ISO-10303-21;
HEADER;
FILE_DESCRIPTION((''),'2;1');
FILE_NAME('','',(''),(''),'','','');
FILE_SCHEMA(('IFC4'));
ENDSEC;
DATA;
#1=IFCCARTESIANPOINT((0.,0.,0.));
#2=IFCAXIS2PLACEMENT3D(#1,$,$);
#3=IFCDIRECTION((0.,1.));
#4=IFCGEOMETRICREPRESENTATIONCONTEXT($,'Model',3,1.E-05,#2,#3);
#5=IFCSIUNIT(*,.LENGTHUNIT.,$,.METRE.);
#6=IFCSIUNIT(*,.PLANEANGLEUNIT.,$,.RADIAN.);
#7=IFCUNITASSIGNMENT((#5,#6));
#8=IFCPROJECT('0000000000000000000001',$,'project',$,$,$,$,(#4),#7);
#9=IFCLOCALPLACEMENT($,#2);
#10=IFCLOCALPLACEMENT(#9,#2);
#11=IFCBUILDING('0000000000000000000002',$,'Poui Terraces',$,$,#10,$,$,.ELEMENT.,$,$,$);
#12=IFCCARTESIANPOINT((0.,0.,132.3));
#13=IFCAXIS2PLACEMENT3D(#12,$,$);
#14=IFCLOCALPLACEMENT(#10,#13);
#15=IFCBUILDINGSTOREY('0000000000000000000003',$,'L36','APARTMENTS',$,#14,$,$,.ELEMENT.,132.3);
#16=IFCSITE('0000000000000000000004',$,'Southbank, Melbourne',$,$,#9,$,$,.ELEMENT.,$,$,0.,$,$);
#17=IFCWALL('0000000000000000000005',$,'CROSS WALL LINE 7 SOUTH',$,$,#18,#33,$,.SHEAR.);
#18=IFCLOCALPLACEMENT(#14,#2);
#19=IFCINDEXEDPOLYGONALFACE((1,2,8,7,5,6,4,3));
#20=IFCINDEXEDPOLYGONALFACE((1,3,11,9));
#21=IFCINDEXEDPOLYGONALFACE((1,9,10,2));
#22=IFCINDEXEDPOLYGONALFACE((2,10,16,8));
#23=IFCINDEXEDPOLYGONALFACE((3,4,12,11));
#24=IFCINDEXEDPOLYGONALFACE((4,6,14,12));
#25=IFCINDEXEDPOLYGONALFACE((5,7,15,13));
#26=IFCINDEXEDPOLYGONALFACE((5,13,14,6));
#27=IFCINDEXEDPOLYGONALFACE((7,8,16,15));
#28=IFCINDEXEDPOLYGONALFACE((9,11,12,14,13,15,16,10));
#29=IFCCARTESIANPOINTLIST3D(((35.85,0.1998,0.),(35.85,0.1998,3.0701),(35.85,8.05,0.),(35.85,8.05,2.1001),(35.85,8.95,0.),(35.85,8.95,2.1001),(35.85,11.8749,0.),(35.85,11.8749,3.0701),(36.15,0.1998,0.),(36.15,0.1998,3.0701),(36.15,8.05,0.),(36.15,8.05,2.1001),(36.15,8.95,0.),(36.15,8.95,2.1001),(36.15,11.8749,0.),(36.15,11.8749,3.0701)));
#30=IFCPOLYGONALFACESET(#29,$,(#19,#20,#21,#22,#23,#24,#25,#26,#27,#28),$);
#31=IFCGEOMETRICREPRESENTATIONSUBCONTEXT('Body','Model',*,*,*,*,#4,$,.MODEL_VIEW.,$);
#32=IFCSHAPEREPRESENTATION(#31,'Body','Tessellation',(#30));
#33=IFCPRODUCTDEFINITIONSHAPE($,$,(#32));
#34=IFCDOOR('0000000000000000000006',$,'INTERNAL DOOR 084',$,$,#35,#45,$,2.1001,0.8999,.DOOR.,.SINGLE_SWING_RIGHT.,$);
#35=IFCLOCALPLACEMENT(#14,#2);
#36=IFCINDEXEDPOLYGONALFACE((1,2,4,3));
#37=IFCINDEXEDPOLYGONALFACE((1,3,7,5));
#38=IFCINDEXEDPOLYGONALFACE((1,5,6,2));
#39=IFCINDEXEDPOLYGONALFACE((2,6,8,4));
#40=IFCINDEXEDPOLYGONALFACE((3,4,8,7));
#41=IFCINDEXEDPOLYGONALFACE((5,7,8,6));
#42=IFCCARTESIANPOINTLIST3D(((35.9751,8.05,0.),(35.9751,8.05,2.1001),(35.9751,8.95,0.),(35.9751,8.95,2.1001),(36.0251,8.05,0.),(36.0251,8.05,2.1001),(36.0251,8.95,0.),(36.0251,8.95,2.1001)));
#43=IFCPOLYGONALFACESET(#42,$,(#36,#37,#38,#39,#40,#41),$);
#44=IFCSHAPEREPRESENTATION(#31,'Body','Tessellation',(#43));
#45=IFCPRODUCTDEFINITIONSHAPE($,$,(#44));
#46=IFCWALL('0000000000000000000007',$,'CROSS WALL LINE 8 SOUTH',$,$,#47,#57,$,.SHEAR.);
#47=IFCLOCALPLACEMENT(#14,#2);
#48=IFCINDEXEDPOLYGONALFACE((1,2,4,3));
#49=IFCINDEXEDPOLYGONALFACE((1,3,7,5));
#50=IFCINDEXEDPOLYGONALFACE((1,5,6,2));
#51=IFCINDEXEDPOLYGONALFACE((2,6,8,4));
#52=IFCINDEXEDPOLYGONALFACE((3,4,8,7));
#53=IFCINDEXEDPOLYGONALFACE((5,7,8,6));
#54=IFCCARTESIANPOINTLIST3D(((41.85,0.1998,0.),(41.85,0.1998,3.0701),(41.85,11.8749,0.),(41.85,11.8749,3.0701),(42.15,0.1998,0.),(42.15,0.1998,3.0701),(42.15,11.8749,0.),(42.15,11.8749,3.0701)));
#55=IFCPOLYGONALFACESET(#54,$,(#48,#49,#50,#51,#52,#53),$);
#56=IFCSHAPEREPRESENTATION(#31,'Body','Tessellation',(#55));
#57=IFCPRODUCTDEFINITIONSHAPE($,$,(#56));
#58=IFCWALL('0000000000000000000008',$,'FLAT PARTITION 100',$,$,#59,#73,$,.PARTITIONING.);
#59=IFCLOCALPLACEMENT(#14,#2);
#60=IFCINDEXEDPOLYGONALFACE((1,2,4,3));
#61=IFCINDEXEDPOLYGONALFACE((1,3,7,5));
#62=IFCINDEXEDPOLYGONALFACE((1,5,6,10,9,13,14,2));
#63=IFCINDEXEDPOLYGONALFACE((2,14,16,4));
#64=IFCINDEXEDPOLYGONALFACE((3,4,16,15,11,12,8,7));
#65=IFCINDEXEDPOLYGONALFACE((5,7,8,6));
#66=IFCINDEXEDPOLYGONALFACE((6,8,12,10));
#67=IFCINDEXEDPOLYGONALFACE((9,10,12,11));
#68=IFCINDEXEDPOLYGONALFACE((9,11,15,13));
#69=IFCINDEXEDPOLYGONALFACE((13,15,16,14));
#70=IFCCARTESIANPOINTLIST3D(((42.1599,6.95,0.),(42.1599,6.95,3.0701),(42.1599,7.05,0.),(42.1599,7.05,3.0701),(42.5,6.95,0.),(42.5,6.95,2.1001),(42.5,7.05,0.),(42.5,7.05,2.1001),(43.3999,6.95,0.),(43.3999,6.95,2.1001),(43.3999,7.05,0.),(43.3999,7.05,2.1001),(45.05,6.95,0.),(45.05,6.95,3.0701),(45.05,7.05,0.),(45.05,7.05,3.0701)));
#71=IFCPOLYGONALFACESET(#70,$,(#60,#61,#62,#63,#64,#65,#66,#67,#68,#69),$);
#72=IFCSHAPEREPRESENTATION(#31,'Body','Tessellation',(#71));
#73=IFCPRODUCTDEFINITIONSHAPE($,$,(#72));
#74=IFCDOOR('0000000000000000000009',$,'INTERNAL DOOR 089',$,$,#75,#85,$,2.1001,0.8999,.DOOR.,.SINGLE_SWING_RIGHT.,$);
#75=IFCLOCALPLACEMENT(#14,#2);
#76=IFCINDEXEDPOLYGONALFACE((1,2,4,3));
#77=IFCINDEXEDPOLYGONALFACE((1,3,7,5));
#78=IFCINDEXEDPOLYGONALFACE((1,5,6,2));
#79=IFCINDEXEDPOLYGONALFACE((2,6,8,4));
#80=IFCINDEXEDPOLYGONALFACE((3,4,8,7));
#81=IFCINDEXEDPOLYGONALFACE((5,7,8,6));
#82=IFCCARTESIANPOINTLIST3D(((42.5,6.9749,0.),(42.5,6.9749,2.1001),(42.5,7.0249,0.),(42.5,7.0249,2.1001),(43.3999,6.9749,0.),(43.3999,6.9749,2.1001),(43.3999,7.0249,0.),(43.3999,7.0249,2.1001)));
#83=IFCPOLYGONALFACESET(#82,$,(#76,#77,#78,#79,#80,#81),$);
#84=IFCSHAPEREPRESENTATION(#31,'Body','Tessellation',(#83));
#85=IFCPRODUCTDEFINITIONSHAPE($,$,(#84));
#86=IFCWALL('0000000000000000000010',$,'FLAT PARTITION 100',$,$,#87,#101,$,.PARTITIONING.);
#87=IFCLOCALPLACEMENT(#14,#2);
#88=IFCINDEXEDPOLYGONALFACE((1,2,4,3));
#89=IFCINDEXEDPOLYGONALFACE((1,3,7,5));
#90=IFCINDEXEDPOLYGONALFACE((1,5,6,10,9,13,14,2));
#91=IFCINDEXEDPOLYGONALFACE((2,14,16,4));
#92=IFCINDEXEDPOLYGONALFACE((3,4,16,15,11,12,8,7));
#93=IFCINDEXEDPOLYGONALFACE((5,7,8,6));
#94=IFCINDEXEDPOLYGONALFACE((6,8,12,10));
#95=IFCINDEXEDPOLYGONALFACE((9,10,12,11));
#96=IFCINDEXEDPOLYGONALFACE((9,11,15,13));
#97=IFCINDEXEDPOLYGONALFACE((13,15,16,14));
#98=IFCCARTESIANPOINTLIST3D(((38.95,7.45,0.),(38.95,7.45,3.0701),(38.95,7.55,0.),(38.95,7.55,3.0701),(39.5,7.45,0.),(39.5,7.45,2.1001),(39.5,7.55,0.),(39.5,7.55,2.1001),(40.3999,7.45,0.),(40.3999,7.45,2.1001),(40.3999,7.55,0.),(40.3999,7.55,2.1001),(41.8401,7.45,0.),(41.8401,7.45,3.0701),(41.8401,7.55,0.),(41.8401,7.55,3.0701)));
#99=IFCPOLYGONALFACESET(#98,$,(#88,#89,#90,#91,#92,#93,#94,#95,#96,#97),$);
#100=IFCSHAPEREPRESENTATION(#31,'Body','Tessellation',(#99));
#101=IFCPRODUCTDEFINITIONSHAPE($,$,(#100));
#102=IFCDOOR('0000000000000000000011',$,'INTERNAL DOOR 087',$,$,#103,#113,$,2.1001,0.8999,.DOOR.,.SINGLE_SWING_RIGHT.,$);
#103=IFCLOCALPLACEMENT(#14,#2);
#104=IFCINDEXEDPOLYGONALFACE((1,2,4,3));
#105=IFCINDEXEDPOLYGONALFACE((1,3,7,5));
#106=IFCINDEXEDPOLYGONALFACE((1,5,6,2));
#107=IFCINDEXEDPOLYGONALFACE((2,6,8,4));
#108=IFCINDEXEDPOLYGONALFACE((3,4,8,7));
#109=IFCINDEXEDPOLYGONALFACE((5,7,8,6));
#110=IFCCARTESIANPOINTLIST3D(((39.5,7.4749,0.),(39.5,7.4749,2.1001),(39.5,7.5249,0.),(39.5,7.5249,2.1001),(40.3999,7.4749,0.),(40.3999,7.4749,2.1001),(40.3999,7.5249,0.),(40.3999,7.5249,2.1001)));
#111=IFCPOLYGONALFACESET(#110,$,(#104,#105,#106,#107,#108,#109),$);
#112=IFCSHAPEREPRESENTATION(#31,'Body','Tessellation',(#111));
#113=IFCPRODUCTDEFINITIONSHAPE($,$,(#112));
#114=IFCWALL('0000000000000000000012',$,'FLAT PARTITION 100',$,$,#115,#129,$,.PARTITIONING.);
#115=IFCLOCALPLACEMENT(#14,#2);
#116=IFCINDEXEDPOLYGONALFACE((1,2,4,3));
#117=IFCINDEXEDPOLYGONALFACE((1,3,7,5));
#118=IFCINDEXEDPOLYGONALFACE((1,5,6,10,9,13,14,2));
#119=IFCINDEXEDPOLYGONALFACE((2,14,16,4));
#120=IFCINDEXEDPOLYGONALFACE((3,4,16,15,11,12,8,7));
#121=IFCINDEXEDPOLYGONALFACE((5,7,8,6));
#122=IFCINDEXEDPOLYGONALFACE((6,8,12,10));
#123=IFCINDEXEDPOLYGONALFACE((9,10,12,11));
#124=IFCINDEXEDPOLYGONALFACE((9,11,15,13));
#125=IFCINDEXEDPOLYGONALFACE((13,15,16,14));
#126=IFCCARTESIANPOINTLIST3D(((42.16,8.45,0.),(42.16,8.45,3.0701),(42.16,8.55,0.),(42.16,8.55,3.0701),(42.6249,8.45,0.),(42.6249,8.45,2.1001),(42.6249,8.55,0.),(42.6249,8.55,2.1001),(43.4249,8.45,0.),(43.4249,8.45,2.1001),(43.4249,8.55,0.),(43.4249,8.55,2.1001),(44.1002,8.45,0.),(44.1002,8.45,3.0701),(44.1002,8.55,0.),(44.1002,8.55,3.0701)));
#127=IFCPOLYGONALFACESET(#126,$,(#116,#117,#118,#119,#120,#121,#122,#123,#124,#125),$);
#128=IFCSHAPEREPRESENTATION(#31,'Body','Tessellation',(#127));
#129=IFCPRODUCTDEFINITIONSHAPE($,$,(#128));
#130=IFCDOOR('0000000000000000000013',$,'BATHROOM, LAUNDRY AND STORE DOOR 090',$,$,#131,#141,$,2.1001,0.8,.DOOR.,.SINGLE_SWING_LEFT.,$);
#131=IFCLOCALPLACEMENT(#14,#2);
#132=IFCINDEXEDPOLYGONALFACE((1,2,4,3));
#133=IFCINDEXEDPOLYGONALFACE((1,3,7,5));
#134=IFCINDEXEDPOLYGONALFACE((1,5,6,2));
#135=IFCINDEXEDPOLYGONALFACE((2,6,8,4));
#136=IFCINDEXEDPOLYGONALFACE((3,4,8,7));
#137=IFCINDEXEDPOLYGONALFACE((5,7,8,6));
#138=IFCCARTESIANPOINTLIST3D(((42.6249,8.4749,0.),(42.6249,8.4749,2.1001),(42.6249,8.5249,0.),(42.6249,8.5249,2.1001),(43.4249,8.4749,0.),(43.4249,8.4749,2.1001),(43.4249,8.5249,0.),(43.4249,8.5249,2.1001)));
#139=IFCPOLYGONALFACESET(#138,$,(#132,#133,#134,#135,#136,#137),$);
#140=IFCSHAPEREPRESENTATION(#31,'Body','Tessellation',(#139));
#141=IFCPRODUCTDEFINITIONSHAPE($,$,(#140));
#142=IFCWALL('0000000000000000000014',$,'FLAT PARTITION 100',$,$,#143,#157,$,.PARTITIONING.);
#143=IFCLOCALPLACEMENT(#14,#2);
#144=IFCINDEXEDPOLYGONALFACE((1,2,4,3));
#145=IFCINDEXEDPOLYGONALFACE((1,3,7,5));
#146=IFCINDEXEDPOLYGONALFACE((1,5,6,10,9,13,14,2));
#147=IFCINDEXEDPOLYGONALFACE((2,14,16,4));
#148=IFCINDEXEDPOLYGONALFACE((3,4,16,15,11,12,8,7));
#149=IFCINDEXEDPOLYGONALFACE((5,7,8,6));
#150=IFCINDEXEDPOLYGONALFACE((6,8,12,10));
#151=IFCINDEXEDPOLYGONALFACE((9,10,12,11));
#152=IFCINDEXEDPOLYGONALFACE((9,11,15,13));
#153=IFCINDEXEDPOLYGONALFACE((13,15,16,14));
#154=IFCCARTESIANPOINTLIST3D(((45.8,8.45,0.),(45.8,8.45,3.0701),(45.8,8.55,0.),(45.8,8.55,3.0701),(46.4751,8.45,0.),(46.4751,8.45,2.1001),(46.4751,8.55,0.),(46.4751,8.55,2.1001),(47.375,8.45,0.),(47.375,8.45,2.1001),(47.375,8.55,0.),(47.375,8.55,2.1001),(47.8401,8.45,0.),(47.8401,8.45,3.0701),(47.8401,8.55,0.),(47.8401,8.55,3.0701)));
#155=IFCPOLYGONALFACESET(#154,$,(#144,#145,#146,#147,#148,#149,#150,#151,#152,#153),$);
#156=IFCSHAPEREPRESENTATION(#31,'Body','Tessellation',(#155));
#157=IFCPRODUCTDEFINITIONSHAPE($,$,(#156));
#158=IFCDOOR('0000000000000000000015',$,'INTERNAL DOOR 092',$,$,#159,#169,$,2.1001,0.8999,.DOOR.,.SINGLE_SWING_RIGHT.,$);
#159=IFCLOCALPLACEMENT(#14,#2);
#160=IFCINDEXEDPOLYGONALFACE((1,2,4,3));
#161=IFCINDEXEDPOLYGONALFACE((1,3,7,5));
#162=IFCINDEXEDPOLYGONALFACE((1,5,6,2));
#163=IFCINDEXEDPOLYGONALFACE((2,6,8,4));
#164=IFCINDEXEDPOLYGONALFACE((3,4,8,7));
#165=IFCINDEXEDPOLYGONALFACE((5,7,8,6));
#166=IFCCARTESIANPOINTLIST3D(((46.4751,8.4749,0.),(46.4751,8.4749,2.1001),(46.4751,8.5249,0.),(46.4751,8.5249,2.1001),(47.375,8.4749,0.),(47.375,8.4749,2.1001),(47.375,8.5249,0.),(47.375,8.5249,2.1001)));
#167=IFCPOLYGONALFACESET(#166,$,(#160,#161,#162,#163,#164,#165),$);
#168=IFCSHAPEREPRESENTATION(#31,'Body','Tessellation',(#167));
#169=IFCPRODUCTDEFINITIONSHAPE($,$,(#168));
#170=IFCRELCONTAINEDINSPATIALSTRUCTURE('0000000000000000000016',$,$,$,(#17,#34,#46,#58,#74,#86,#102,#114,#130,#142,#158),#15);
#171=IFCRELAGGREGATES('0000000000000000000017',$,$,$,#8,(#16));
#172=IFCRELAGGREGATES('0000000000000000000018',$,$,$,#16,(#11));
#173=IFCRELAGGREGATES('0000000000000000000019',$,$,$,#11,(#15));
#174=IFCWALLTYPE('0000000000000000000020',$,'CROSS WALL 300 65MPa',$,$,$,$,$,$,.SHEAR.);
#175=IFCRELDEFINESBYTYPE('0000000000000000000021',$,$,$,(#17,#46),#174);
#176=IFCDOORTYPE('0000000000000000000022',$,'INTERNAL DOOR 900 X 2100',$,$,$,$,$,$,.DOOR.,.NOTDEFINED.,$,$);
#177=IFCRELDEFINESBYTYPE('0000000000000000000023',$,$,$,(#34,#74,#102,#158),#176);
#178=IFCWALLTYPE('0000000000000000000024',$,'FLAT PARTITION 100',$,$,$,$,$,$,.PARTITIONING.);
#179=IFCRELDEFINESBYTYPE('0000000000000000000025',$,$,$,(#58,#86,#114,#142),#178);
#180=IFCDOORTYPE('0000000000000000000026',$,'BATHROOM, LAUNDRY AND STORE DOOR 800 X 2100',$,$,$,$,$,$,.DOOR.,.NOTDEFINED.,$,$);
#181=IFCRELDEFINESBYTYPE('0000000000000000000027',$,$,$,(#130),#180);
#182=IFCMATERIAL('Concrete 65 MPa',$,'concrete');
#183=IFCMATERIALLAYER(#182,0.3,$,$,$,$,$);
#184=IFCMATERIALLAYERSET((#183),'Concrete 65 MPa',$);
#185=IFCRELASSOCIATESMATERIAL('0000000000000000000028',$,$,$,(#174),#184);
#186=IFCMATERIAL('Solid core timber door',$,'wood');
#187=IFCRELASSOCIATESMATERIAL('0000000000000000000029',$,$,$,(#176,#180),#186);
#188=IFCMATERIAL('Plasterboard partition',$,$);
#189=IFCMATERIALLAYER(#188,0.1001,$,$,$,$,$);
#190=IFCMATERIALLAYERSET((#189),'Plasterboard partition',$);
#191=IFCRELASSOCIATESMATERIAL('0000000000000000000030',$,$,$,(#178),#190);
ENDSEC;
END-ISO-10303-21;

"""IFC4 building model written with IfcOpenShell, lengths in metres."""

from ifc_helpers import new_model, si_unit, direction, frame, frame_2d, origin, place, context, subcontext, project, spatial, rectangle, extrude, material, layer, layer_set, type_object, element, fill, save


model = new_model("IFC4")

# Units and contexts
model_context = context("Model", 3, precision=1e-05, world=origin(), true_north=direction((0.0, 1.0)))
body_context = subcontext(model_context, "Body", "Model", "MODEL_VIEW")
ifc_project = project(units=[si_unit("LENGTHUNIT", "METRE"), si_unit("PLANEANGLEUNIT", "RADIAN")], contexts=[model_context])

# Site, building, storey
site_placement = place(None, origin())
site = spatial("IfcSite", under=ifc_project, at=site_placement, Name="Southbank, Melbourne", CompositionType="ELEMENT", RefElevation=0.0)
building_placement = place(site_placement, origin())
building = spatial("IfcBuilding", under=site, at=building_placement, Name="Poui Terraces", CompositionType="ELEMENT")
storey_placement = place(building_placement, frame((0.0, 0.0, 132.3)))
storey = spatial("IfcBuildingStorey", under=building, at=storey_placement, Name="L36", Description="APARTMENTS", CompositionType="ELEMENT", Elevation=132.3)

# Wall, opening, door
ifc_material_1 = material(Name="Concrete 65 MPa", Category="concrete")
ifc_layer_1 = layer(ifc_material_1, 0.3)
ifc_layer_set_1 = layer_set([ifc_layer_1], Name="Concrete 65 MPa")
wall_type_1 = type_object("IfcWallType", Name="CROSS WALL 300 65MPa", PredefinedType="SHEAR", material=ifc_layer_set_1)
wall_1_placement = place(storey_placement, frame((36.0, 0.2, 0.0), z_axis=(0.0, 0.0, 1.0), x_axis=(0.0, 1.0, 0.0)))
wall_1 = element("IfcWall", 1, at=wall_1_placement, inside=storey, type_object=wall_type_1, Name="CROSS WALL LINE 7 SOUTH", PredefinedType="SHEAR", context=body_context, shape_type="SweptSolid", body=[
    extrude(rectangle(XDim=11.675, YDim=0.3, at=frame_2d((5.8374, 0.0))), origin(), (0.0, 0.0, 1.0), 3.0701),
])
opening_1_placement = place(wall_1_placement, frame((7.8501, 0.0, 0.0)))
opening_1 = element("IfcOpeningElement", 2, at=opening_1_placement, cuts=wall_1, PredefinedType="OPENING", context=body_context, shape_type="SweptSolid", body=[
    extrude(rectangle(XDim=0.8999, YDim=2.1001, at=frame_2d((0.45, 1.05))), frame((0.0, 0.1602, 0.0), z_axis=(0.0, -1.0, 0.0), x_axis=(1.0, 0.0, 0.0)), (0.0, 0.0, 1.0), 0.3201),
])
ifc_material_2 = material(Name="Solid core timber door", Category="wood")
door_type_1 = type_object("IfcDoorType", Name="INTERNAL DOOR 900 X 2100", OperationType="NOTDEFINED", PredefinedType="DOOR", material=ifc_material_2)
door_1_placement = place(opening_1_placement, origin())
door_1 = element("IfcDoor", 3, at=door_1_placement, inside=storey, type_object=door_type_1, Name="INTERNAL DOOR 084", OperationType="SINGLE_SWING_RIGHT", OverallHeight=2.1001, OverallWidth=0.8999, PredefinedType="DOOR", context=body_context, shape_type="SweptSolid", body=[
    extrude(rectangle(XDim=0.8999, YDim=2.1001, at=frame_2d((0.45, 1.05))), frame((0.0, 0.0249, 0.0), z_axis=(0.0, -1.0, 0.0), x_axis=(1.0, 0.0, 0.0)), (0.0, 0.0, 1.0), 0.05),
])
fill(opening_1, door_1)

# Wall
wall_2_placement = place(storey_placement, frame((42.0, 0.2, 0.0), z_axis=(0.0, 0.0, 1.0), x_axis=(0.0, 1.0, 0.0)))
element("IfcWall", 4, at=wall_2_placement, inside=storey, type_object=wall_type_1, Name="CROSS WALL LINE 8 SOUTH", PredefinedType="SHEAR", context=body_context, shape_type="SweptSolid", body=[
    extrude(rectangle(XDim=11.675, YDim=0.3, at=frame_2d((5.8374, 0.0))), origin(), (0.0, 0.0, 1.0), 3.0701),
])

# Walls, openings, doors
ifc_material_3 = material(Name="Plasterboard partition")
ifc_layer_2 = layer(ifc_material_3, 0.1001)
ifc_layer_set_2 = layer_set([ifc_layer_2], Name="Plasterboard partition")
wall_type_2 = type_object("IfcWallType", Name="FLAT PARTITION 100", PredefinedType="PARTITIONING", material=ifc_layer_set_2)
wall_3_placement = place(storey_placement, frame((42.1599, 7.0, 0.0), z_axis=(0.0, 0.0, 1.0), x_axis=(1.0, 0.0, 0.0)))
wall_3 = element("IfcWall", 5, at=wall_3_placement, inside=storey, type_object=wall_type_2, Name="FLAT PARTITION 100", PredefinedType="PARTITIONING", context=body_context, shape_type="SweptSolid", body=[
    extrude(rectangle(XDim=2.8901, YDim=0.1001, at=frame_2d((1.4451, 0.0))), origin(), (0.0, 0.0, 1.0), 3.0701),
])
opening_2_placement = place(wall_3_placement, frame((0.3401, 0.0, 0.0)))
opening_2 = element("IfcOpeningElement", 6, at=opening_2_placement, cuts=wall_3, PredefinedType="OPENING", context=body_context, shape_type="SweptSolid", body=[
    extrude(rectangle(XDim=0.8999, YDim=2.1001, at=frame_2d((0.45, 1.05))), frame((0.0, 0.0601, 0.0), z_axis=(0.0, -1.0, 0.0), x_axis=(1.0, 0.0, 0.0)), (0.0, 0.0, 1.0), 0.1201),
])
door_2_placement = place(opening_2_placement, origin())
door_2 = element("IfcDoor", 7, at=door_2_placement, inside=storey, type_object=door_type_1, Name="INTERNAL DOOR 089", OperationType="SINGLE_SWING_RIGHT", OverallHeight=2.1001, OverallWidth=0.8999, PredefinedType="DOOR", context=body_context, shape_type="SweptSolid", body=[
    extrude(rectangle(XDim=0.8999, YDim=2.1001, at=frame_2d((0.45, 1.05))), frame((0.0, 0.0249, 0.0), z_axis=(0.0, -1.0, 0.0), x_axis=(1.0, 0.0, 0.0)), (0.0, 0.0, 1.0), 0.05),
])
fill(opening_2, door_2)
wall_4_placement = place(storey_placement, frame((38.95, 7.5, 0.0), z_axis=(0.0, 0.0, 1.0), x_axis=(1.0, 0.0, 0.0)))
wall_4 = element("IfcWall", 8, at=wall_4_placement, inside=storey, type_object=wall_type_2, Name="FLAT PARTITION 100", PredefinedType="PARTITIONING", context=body_context, shape_type="SweptSolid", body=[
    extrude(rectangle(XDim=2.8901, YDim=0.1001, at=frame_2d((1.4451, 0.0))), origin(), (0.0, 0.0, 1.0), 3.0701),
])
opening_3_placement = place(wall_4_placement, frame((0.55, 0.0, 0.0)))
opening_3 = element("IfcOpeningElement", 9, at=opening_3_placement, cuts=wall_4, PredefinedType="OPENING", context=body_context, shape_type="SweptSolid", body=[
    extrude(rectangle(XDim=0.8999, YDim=2.1001, at=frame_2d((0.45, 1.05))), frame((0.0, 0.0601, 0.0), z_axis=(0.0, -1.0, 0.0), x_axis=(1.0, 0.0, 0.0)), (0.0, 0.0, 1.0), 0.1201),
])
door_3_placement = place(opening_3_placement, origin())
door_3 = element("IfcDoor", 10, at=door_3_placement, inside=storey, type_object=door_type_1, Name="INTERNAL DOOR 087", OperationType="SINGLE_SWING_RIGHT", OverallHeight=2.1001, OverallWidth=0.8999, PredefinedType="DOOR", context=body_context, shape_type="SweptSolid", body=[
    extrude(rectangle(XDim=0.8999, YDim=2.1001, at=frame_2d((0.45, 1.05))), frame((0.0, 0.0249, 0.0), z_axis=(0.0, -1.0, 0.0), x_axis=(1.0, 0.0, 0.0)), (0.0, 0.0, 1.0), 0.05),
])
fill(opening_3, door_3)
wall_5_placement = place(storey_placement, frame((42.1599, 8.5, 0.0), z_axis=(0.0, 0.0, 1.0), x_axis=(1.0, 0.0, 0.0)))
wall_5 = element("IfcWall", 11, at=wall_5_placement, inside=storey, type_object=wall_type_2, Name="FLAT PARTITION 100", PredefinedType="PARTITIONING", context=body_context, shape_type="SweptSolid", body=[
    extrude(rectangle(XDim=1.9402, YDim=0.1001, at=frame_2d((0.9702, 0.0))), origin(), (0.0, 0.0, 1.0), 3.0701),
])
opening_4_placement = place(wall_5_placement, frame((0.4651, 0.0, 0.0)))
opening_4 = element("IfcOpeningElement", 12, at=opening_4_placement, cuts=wall_5, PredefinedType="OPENING", context=body_context, shape_type="SweptSolid", body=[
    extrude(rectangle(XDim=0.8, YDim=2.1001, at=frame_2d((0.3999, 1.05))), frame((0.0, 0.0601, 0.0), z_axis=(0.0, -1.0, 0.0), x_axis=(1.0, 0.0, 0.0)), (0.0, 0.0, 1.0), 0.1201),
])
door_type_2 = type_object("IfcDoorType", Name="BATHROOM, LAUNDRY AND STORE DOOR 800 X 2100", OperationType="NOTDEFINED", PredefinedType="DOOR", material=ifc_material_2)
door_4_placement = place(opening_4_placement, origin())
door_4 = element("IfcDoor", 13, at=door_4_placement, inside=storey, type_object=door_type_2, Name="BATHROOM, LAUNDRY AND STORE DOOR 090", OperationType="SINGLE_SWING_LEFT", OverallHeight=2.1001, OverallWidth=0.8, PredefinedType="DOOR", context=body_context, shape_type="SweptSolid", body=[
    extrude(rectangle(XDim=0.8, YDim=2.1001, at=frame_2d((0.3999, 1.05))), frame((0.0, 0.0249, 0.0), z_axis=(0.0, -1.0, 0.0), x_axis=(1.0, 0.0, 0.0)), (0.0, 0.0, 1.0), 0.05),
])
fill(opening_4, door_4)
wall_6_placement = place(storey_placement, frame((45.8, 8.5, 0.0), z_axis=(0.0, 0.0, 1.0), x_axis=(1.0, 0.0, 0.0)))
wall_6 = element("IfcWall", 14, at=wall_6_placement, inside=storey, type_object=wall_type_2, Name="FLAT PARTITION 100", PredefinedType="PARTITIONING", context=body_context, shape_type="SweptSolid", body=[
    extrude(rectangle(XDim=2.04, YDim=0.1001, at=frame_2d((1.02, 0.0))), origin(), (0.0, 0.0, 1.0), 3.0701),
])
opening_5_placement = place(wall_6_placement, frame((0.675, 0.0, 0.0)))
opening_5 = element("IfcOpeningElement", 15, at=opening_5_placement, cuts=wall_6, PredefinedType="OPENING", context=body_context, shape_type="SweptSolid", body=[
    extrude(rectangle(XDim=0.8999, YDim=2.1001, at=frame_2d((0.45, 1.05))), frame((0.0, 0.0601, 0.0), z_axis=(0.0, -1.0, 0.0), x_axis=(1.0, 0.0, 0.0)), (0.0, 0.0, 1.0), 0.1201),
])
door_5_placement = place(opening_5_placement, origin())
door_5 = element("IfcDoor", 16, at=door_5_placement, inside=storey, type_object=door_type_1, Name="INTERNAL DOOR 092", OperationType="SINGLE_SWING_RIGHT", OverallHeight=2.1001, OverallWidth=0.8999, PredefinedType="DOOR", context=body_context, shape_type="SweptSolid", body=[
    extrude(rectangle(XDim=0.8999, YDim=2.1001, at=frame_2d((0.45, 1.05))), frame((0.0, 0.0249, 0.0), z_axis=(0.0, -1.0, 0.0), x_axis=(1.0, 0.0, 0.0)), (0.0, 0.0, 1.0), 0.05),
])
fill(opening_5, door_5)

save(model, "model.ifc")
